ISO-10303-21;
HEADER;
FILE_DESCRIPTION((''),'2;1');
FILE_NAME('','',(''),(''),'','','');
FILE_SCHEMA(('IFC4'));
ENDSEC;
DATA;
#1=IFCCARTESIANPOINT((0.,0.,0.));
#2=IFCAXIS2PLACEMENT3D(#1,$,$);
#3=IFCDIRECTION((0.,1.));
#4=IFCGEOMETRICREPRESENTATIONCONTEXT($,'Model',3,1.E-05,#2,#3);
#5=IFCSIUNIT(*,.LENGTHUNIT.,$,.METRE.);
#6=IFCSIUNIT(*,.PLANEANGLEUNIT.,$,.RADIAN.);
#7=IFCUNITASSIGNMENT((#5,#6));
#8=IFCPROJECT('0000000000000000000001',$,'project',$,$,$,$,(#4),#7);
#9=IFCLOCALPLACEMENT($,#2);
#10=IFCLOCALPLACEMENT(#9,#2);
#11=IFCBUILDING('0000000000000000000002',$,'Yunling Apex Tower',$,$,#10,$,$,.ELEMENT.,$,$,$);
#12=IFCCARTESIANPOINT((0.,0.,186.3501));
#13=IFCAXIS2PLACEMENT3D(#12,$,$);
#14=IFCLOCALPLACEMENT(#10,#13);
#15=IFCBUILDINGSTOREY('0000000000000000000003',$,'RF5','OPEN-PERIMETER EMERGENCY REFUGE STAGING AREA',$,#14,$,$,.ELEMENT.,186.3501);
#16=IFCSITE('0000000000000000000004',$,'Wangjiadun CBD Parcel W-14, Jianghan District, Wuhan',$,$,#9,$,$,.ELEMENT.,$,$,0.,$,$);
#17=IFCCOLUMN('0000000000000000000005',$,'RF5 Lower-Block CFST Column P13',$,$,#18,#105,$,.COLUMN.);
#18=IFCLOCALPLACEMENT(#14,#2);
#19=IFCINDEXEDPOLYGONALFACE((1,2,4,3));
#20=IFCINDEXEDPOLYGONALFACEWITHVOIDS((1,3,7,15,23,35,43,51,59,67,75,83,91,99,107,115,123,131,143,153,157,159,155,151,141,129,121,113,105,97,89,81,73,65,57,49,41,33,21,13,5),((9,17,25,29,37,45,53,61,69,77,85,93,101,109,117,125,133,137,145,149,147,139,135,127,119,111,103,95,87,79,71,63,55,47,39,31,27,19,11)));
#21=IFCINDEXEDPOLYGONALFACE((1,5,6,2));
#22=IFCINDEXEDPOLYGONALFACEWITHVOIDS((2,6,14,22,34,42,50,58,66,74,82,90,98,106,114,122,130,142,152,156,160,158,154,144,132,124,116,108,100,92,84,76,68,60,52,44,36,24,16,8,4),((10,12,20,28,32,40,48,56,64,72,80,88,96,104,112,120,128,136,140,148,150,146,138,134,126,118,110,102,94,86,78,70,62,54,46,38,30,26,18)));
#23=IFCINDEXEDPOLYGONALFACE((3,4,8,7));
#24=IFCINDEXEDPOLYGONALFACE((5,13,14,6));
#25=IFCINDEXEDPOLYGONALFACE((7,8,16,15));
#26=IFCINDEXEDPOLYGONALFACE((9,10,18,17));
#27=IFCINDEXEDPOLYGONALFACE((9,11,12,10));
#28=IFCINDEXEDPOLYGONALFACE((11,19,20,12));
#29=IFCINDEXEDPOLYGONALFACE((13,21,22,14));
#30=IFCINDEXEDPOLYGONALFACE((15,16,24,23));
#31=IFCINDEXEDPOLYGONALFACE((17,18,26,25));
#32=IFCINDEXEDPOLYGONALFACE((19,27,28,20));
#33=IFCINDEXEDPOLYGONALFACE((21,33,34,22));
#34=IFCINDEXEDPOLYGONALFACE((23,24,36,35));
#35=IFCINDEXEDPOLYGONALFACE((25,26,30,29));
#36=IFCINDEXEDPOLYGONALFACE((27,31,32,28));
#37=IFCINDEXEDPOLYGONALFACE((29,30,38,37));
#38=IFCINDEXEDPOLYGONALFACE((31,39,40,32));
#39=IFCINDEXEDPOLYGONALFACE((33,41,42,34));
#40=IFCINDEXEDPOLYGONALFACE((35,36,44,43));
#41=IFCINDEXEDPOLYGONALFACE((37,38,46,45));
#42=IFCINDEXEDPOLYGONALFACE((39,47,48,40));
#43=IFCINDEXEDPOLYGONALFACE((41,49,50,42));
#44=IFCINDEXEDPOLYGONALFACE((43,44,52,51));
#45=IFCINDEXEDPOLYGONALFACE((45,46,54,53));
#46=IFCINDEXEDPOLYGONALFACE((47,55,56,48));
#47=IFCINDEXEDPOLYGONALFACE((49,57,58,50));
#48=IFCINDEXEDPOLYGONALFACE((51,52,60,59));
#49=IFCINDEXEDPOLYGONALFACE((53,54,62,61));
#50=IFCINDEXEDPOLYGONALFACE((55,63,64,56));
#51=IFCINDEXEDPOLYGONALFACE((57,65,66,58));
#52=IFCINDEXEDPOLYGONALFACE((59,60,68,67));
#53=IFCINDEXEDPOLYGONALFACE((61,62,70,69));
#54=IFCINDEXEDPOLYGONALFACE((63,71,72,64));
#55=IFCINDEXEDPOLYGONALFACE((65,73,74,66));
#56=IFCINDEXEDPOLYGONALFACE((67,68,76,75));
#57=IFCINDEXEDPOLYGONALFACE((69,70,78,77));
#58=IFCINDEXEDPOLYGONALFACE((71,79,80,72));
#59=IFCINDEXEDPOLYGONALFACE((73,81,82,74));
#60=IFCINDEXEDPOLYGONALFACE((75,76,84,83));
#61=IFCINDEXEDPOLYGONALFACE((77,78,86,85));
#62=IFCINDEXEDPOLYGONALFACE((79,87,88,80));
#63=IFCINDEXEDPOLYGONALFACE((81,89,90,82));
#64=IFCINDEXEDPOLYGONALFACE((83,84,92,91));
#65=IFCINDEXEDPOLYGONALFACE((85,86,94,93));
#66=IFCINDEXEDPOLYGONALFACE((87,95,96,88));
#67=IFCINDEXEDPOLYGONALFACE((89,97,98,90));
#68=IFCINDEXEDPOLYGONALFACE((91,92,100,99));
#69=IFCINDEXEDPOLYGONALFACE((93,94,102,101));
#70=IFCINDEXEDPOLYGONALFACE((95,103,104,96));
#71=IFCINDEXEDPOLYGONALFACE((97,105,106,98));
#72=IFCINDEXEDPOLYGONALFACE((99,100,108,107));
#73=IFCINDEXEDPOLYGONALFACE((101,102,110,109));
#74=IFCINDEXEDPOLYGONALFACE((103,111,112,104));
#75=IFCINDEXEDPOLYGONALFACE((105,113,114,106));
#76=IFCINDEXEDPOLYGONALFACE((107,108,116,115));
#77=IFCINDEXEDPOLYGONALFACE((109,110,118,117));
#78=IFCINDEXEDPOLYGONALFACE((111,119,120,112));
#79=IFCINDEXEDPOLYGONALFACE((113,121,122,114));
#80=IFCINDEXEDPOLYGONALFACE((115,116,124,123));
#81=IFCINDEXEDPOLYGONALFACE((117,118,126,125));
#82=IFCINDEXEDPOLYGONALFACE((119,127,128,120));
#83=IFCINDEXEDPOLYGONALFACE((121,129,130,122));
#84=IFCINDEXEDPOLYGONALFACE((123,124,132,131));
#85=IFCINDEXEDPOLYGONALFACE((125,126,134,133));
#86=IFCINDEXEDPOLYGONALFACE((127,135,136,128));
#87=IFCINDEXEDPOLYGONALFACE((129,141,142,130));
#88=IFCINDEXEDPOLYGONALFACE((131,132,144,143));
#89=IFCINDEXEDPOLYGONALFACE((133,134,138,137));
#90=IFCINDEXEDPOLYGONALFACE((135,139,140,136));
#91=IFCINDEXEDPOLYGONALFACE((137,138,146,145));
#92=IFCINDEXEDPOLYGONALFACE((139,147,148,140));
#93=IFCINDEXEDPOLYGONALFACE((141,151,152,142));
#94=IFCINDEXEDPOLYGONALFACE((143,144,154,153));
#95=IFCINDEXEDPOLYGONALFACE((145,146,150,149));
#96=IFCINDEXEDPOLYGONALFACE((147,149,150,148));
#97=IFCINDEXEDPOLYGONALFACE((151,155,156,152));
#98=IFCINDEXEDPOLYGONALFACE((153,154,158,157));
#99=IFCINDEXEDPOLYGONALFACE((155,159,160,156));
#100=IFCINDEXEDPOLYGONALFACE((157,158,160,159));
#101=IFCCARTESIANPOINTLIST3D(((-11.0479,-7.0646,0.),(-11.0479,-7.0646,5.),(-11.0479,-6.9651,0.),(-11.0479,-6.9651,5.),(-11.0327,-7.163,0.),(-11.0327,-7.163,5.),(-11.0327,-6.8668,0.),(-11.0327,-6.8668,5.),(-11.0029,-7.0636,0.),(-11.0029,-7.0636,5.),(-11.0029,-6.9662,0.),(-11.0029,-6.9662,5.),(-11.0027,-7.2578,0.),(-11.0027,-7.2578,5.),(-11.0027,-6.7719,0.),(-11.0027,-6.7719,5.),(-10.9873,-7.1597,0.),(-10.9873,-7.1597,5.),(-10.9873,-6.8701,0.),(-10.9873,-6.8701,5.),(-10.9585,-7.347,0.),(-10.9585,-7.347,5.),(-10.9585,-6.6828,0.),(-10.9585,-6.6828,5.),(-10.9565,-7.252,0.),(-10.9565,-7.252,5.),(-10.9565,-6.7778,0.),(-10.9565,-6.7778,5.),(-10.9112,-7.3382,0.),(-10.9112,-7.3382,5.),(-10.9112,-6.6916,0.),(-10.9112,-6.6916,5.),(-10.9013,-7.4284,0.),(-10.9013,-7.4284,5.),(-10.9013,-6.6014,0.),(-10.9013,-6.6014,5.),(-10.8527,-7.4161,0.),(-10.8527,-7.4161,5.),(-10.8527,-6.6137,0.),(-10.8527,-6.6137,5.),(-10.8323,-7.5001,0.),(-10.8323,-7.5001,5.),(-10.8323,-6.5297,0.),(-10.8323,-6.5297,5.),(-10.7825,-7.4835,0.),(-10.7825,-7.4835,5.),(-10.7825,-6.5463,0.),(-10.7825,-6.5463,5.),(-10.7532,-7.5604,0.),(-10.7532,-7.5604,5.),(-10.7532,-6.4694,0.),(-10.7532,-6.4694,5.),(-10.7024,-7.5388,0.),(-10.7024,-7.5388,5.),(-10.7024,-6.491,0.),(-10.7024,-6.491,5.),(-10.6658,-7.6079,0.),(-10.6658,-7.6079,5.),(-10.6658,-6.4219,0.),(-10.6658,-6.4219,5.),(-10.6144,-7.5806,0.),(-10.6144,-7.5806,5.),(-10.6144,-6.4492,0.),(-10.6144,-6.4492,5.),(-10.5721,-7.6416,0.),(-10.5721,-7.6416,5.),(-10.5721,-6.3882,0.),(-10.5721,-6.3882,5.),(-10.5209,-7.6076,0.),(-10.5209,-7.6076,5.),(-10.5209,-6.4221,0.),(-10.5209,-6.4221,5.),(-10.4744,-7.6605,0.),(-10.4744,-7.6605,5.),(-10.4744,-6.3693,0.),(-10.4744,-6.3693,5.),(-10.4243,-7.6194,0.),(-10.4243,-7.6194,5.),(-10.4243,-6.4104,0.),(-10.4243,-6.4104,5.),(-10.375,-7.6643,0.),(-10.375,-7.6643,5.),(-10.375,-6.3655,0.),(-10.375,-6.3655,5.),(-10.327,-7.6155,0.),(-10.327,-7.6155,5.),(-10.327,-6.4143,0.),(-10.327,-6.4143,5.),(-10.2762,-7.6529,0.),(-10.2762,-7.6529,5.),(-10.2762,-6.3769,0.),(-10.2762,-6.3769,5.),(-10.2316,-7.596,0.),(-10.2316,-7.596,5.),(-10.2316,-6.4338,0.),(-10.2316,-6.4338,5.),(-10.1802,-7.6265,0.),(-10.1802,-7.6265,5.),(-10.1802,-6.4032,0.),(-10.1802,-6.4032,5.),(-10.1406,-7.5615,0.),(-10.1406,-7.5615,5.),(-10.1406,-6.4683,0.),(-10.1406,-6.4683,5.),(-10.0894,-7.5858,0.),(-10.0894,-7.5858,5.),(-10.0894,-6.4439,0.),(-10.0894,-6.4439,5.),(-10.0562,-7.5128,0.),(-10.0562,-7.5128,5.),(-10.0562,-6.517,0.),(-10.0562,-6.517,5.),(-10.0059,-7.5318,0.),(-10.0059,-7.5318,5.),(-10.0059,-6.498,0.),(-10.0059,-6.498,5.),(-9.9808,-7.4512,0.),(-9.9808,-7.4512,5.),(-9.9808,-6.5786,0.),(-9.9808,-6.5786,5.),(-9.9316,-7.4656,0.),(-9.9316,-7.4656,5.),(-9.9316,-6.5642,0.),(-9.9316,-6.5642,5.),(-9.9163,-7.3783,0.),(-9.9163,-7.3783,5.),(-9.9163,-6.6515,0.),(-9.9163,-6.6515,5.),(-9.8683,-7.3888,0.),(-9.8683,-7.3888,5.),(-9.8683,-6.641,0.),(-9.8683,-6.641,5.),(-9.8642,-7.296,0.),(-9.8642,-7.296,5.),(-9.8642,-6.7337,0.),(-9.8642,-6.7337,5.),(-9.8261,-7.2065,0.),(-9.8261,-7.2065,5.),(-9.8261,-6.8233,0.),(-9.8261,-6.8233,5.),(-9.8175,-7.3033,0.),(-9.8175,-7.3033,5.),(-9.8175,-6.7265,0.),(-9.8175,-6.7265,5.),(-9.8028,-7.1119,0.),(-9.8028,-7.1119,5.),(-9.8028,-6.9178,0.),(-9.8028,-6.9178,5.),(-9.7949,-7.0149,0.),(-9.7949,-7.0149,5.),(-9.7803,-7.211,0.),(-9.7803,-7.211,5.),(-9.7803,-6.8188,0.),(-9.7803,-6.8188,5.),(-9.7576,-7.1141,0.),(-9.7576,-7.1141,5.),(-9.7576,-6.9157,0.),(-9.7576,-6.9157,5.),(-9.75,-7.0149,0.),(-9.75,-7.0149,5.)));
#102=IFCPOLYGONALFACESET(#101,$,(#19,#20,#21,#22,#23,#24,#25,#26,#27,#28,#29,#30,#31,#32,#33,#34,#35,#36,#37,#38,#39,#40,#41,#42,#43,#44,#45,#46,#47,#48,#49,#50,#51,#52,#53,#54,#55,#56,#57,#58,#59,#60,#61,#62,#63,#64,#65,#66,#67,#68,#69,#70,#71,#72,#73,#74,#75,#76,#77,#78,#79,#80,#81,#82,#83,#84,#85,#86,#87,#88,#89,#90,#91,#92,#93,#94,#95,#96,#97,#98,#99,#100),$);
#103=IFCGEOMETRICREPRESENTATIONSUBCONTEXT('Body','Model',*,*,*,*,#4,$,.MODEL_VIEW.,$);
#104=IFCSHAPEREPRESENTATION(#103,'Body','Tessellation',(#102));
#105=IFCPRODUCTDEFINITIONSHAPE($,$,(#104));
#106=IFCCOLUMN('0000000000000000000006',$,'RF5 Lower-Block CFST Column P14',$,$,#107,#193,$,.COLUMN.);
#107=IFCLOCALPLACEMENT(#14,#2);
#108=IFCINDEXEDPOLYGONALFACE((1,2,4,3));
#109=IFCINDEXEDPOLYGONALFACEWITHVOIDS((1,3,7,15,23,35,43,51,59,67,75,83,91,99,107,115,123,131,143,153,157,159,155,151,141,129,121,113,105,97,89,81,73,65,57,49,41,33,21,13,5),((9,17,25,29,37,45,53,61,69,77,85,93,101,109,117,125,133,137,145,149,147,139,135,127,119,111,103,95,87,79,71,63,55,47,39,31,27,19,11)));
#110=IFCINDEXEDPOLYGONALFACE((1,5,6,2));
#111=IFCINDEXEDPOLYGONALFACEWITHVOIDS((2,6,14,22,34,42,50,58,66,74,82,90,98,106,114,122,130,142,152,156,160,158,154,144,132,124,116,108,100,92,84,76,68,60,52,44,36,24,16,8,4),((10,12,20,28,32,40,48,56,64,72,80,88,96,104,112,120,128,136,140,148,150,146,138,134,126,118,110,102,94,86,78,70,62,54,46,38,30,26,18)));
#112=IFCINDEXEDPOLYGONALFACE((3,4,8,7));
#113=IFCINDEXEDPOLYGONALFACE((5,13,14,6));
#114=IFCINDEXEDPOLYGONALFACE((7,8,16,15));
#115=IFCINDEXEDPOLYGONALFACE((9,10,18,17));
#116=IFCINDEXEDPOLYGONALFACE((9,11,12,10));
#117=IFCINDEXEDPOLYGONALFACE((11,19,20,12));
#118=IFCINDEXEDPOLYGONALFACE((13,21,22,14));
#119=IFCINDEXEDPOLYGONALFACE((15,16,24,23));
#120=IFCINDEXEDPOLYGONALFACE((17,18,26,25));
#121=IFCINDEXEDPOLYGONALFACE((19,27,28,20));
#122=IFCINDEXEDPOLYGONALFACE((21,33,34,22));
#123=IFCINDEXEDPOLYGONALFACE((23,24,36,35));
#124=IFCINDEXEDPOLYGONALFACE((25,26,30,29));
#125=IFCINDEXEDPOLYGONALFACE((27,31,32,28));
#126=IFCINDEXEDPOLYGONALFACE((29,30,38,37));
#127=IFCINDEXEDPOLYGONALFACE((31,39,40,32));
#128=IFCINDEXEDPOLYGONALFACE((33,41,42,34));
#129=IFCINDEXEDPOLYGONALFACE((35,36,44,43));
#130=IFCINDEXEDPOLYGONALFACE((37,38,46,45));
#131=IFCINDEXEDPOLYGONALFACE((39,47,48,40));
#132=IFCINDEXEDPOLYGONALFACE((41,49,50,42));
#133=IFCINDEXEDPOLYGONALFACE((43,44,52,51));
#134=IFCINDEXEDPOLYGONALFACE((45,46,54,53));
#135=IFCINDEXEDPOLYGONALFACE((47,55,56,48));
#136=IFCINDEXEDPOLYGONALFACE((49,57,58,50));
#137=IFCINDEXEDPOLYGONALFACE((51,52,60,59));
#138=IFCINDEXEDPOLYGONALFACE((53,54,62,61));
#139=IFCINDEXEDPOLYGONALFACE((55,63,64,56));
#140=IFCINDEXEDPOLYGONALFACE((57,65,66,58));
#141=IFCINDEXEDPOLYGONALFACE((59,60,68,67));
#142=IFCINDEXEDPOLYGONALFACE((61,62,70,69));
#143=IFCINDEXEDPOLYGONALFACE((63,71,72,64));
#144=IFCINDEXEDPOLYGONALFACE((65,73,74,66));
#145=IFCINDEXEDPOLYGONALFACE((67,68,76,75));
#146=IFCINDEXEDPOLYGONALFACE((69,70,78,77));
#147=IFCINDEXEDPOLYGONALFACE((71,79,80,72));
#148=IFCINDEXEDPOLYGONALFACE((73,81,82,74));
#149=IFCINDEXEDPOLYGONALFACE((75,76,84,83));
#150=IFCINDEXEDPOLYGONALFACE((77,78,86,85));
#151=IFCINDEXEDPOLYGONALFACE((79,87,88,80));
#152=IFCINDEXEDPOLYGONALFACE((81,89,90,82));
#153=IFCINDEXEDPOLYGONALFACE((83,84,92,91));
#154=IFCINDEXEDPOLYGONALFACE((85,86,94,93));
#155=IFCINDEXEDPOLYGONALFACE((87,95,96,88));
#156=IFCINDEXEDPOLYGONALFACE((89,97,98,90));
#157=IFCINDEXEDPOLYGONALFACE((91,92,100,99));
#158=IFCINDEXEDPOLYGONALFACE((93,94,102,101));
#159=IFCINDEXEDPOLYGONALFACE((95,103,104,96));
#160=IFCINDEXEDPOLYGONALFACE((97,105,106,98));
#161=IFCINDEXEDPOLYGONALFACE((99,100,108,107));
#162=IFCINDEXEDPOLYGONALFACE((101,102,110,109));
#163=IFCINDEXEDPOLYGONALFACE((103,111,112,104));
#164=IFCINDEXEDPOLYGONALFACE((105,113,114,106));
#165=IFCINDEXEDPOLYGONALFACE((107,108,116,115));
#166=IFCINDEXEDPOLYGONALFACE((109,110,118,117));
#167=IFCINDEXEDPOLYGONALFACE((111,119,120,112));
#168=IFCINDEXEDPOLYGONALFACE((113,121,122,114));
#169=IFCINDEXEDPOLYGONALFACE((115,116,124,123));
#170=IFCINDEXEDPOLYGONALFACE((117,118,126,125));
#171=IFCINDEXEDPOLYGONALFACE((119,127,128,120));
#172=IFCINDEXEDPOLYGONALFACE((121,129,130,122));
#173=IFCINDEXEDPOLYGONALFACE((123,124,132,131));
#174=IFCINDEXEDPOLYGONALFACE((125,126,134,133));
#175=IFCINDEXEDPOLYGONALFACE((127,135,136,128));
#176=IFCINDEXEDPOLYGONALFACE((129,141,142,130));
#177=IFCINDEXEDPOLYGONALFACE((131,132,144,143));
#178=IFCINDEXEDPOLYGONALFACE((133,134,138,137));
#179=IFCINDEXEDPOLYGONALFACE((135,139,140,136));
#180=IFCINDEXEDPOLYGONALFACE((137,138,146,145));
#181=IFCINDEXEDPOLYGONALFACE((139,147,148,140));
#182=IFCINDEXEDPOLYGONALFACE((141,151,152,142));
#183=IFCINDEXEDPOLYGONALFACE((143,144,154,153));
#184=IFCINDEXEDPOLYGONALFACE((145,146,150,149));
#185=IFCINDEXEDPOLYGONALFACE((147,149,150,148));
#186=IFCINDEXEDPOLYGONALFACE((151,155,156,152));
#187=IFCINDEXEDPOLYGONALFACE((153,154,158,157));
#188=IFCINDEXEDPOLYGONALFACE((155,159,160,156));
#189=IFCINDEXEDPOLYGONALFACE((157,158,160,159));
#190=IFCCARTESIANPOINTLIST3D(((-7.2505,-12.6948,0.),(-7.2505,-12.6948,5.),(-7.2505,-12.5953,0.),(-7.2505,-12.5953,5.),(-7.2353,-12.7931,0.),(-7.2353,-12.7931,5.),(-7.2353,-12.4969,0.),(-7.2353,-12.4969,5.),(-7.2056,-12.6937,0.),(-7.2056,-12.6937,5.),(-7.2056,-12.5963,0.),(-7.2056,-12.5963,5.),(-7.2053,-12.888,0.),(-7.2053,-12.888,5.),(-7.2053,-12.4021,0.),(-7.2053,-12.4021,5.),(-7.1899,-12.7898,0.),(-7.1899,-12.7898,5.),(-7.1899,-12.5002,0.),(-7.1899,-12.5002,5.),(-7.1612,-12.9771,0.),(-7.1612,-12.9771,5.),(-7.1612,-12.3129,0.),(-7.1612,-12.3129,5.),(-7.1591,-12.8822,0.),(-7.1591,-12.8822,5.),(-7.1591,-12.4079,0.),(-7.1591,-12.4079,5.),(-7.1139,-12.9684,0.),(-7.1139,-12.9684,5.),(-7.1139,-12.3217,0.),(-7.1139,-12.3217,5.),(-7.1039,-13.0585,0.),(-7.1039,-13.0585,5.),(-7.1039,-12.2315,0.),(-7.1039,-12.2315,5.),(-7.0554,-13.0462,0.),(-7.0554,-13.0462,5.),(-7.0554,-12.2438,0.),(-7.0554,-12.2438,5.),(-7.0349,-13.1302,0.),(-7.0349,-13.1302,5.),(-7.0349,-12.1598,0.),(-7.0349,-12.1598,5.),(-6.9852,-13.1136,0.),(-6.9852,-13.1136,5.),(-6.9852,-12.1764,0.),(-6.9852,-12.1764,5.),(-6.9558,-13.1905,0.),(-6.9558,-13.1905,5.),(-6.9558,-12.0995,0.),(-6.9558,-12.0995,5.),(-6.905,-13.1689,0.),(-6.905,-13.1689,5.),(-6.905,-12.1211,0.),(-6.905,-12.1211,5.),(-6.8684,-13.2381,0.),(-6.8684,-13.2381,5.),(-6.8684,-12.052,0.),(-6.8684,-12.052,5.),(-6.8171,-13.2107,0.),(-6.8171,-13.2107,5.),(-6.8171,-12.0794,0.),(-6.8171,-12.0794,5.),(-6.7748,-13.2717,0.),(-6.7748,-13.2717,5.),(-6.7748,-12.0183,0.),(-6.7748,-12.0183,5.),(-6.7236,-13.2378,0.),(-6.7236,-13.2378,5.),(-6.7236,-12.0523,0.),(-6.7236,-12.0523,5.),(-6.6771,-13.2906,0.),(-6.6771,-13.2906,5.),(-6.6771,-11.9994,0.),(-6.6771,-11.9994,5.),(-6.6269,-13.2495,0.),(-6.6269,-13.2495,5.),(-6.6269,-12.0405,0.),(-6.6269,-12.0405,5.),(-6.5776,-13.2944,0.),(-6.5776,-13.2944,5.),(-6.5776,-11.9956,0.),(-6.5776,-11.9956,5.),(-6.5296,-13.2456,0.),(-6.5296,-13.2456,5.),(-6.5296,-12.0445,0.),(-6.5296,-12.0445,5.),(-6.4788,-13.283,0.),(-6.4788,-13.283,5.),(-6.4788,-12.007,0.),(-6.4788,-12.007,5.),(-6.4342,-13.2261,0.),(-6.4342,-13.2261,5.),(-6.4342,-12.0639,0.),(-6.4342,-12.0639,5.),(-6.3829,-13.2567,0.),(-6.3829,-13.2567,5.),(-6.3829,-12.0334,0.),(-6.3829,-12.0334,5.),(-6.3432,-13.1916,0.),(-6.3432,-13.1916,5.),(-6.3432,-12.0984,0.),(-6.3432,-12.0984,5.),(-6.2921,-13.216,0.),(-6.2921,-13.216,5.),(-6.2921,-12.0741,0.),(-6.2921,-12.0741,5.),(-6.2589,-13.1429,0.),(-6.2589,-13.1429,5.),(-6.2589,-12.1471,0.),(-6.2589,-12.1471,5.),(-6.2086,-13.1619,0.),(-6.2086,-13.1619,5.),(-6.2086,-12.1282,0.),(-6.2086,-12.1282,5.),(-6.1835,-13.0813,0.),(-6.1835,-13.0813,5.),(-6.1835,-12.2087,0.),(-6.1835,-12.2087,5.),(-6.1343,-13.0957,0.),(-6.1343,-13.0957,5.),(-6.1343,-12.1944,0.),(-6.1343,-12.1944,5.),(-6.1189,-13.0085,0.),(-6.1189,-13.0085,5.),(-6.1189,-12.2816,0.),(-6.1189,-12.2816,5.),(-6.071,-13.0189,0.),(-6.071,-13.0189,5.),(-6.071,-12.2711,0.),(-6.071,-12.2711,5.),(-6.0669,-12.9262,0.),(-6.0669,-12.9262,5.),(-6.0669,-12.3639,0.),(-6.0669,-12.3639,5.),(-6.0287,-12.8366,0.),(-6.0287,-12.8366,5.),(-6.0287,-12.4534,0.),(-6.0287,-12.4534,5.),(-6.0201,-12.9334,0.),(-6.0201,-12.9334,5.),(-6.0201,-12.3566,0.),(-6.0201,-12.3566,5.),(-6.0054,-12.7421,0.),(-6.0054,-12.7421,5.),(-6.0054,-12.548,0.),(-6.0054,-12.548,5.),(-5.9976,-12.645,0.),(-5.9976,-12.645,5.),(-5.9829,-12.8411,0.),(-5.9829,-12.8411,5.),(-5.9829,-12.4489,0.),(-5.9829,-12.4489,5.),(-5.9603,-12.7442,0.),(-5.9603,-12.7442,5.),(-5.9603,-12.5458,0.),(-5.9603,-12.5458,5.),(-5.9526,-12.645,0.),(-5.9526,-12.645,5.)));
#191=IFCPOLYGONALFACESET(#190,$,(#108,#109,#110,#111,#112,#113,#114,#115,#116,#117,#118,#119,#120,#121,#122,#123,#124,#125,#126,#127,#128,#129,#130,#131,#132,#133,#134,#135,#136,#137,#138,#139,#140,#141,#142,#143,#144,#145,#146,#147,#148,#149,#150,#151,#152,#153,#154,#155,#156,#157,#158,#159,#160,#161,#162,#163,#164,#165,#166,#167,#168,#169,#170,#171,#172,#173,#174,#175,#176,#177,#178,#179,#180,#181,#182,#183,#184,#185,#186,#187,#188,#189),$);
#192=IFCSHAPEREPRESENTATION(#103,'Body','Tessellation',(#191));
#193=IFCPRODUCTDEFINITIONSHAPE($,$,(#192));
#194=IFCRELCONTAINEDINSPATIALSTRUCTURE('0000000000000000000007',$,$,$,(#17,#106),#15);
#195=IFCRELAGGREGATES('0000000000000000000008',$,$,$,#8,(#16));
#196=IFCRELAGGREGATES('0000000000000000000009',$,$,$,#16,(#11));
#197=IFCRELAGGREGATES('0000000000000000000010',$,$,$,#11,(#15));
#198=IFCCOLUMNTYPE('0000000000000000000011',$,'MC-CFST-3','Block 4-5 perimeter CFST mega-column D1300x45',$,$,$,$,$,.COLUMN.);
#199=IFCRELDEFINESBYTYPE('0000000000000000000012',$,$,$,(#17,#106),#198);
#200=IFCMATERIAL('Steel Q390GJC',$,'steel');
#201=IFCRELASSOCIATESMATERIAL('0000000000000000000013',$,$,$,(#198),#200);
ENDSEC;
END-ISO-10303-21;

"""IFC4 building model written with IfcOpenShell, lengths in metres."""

from ifc_helpers import new_model, si_unit, direction, frame, origin, origin_2d, place, context, subcontext, project, spatial, hollow_circle, extrude, source, transform, mapped, material, material_profile, profile_set, type_object, element, save


model = new_model("IFC4")

# Units and contexts
model_context = context("Model", 3, precision=1e-05, world=origin(), true_north=direction((0.0, 1.0)))
body_context = subcontext(model_context, "Body", "Model", "MODEL_VIEW")
ifc_project = project(units=[si_unit("LENGTHUNIT", "METRE"), si_unit("PLANEANGLEUNIT", "RADIAN")], contexts=[model_context])

# Site, building, storey
site_placement = place(None, origin())
site = spatial("IfcSite", under=ifc_project, at=site_placement, Name="Wangjiadun CBD Parcel W-14, Jianghan District, Wuhan", CompositionType="ELEMENT", RefElevation=0.0)
building_placement = place(site_placement, origin())
building = spatial("IfcBuilding", under=site, at=building_placement, Name="Yunling Apex Tower", CompositionType="ELEMENT")
storey_placement = place(building_placement, frame((0.0, 0.0, 186.3501)))
storey = spatial("IfcBuildingStorey", under=building, at=storey_placement, Name="RF5", Description="OPEN-PERIMETER EMERGENCY REFUGE STAGING AREA", CompositionType="ELEMENT", Elevation=186.3501)

# Columns
ifc_material_1 = material(Name="Steel Q390GJC", Category="steel")
ifc_material_profile_1 = material_profile(ifc_material_1, hollow_circle(Radius=0.6499, WallThickness=0.0449, at=origin_2d()))
ifc_profile_set_1 = profile_set([ifc_material_profile_1], Name="Steel Q390GJC")
column_type = type_object("IfcColumnType", Name="MC-CFST-3", Description="Block 4-5 perimeter CFST mega-column D1300x45", PredefinedType="COLUMN", material=ifc_profile_set_1)
shared_shape_1 = source(origin(), body_context, "Body", "SweptSolid", [
    extrude(hollow_circle(Radius=0.6499, WallThickness=0.0449, at=origin_2d()), origin(), (0.0, 0.0, 1.0), 5.0),
])
for number, where, z_axis, x_axis, name in (
    (1, (-10.3999, -7.0149, 0.0), (0.0, 0.0, 1.0), (1.0, 0.0, 0.0), "RF5 Lower-Block CFST Column P13"),
    (2, (-6.6025, -12.645, 0.0), (0.0, 0.0, 1.0), (1.0, 0.0, 0.0), "RF5 Lower-Block CFST Column P14"),
):
    element("IfcColumn", number, at=place(storey_placement, frame(where, z_axis=z_axis, x_axis=x_axis)), inside=storey, type_object=column_type, Name=name, PredefinedType="COLUMN", context=body_context, shape_type="MappedRepresentation", body=[
        mapped(shared_shape_1, transform((0.0, 0.0, 0.0), scale=1.0)),
    ])

save(model, "model.ifc")
